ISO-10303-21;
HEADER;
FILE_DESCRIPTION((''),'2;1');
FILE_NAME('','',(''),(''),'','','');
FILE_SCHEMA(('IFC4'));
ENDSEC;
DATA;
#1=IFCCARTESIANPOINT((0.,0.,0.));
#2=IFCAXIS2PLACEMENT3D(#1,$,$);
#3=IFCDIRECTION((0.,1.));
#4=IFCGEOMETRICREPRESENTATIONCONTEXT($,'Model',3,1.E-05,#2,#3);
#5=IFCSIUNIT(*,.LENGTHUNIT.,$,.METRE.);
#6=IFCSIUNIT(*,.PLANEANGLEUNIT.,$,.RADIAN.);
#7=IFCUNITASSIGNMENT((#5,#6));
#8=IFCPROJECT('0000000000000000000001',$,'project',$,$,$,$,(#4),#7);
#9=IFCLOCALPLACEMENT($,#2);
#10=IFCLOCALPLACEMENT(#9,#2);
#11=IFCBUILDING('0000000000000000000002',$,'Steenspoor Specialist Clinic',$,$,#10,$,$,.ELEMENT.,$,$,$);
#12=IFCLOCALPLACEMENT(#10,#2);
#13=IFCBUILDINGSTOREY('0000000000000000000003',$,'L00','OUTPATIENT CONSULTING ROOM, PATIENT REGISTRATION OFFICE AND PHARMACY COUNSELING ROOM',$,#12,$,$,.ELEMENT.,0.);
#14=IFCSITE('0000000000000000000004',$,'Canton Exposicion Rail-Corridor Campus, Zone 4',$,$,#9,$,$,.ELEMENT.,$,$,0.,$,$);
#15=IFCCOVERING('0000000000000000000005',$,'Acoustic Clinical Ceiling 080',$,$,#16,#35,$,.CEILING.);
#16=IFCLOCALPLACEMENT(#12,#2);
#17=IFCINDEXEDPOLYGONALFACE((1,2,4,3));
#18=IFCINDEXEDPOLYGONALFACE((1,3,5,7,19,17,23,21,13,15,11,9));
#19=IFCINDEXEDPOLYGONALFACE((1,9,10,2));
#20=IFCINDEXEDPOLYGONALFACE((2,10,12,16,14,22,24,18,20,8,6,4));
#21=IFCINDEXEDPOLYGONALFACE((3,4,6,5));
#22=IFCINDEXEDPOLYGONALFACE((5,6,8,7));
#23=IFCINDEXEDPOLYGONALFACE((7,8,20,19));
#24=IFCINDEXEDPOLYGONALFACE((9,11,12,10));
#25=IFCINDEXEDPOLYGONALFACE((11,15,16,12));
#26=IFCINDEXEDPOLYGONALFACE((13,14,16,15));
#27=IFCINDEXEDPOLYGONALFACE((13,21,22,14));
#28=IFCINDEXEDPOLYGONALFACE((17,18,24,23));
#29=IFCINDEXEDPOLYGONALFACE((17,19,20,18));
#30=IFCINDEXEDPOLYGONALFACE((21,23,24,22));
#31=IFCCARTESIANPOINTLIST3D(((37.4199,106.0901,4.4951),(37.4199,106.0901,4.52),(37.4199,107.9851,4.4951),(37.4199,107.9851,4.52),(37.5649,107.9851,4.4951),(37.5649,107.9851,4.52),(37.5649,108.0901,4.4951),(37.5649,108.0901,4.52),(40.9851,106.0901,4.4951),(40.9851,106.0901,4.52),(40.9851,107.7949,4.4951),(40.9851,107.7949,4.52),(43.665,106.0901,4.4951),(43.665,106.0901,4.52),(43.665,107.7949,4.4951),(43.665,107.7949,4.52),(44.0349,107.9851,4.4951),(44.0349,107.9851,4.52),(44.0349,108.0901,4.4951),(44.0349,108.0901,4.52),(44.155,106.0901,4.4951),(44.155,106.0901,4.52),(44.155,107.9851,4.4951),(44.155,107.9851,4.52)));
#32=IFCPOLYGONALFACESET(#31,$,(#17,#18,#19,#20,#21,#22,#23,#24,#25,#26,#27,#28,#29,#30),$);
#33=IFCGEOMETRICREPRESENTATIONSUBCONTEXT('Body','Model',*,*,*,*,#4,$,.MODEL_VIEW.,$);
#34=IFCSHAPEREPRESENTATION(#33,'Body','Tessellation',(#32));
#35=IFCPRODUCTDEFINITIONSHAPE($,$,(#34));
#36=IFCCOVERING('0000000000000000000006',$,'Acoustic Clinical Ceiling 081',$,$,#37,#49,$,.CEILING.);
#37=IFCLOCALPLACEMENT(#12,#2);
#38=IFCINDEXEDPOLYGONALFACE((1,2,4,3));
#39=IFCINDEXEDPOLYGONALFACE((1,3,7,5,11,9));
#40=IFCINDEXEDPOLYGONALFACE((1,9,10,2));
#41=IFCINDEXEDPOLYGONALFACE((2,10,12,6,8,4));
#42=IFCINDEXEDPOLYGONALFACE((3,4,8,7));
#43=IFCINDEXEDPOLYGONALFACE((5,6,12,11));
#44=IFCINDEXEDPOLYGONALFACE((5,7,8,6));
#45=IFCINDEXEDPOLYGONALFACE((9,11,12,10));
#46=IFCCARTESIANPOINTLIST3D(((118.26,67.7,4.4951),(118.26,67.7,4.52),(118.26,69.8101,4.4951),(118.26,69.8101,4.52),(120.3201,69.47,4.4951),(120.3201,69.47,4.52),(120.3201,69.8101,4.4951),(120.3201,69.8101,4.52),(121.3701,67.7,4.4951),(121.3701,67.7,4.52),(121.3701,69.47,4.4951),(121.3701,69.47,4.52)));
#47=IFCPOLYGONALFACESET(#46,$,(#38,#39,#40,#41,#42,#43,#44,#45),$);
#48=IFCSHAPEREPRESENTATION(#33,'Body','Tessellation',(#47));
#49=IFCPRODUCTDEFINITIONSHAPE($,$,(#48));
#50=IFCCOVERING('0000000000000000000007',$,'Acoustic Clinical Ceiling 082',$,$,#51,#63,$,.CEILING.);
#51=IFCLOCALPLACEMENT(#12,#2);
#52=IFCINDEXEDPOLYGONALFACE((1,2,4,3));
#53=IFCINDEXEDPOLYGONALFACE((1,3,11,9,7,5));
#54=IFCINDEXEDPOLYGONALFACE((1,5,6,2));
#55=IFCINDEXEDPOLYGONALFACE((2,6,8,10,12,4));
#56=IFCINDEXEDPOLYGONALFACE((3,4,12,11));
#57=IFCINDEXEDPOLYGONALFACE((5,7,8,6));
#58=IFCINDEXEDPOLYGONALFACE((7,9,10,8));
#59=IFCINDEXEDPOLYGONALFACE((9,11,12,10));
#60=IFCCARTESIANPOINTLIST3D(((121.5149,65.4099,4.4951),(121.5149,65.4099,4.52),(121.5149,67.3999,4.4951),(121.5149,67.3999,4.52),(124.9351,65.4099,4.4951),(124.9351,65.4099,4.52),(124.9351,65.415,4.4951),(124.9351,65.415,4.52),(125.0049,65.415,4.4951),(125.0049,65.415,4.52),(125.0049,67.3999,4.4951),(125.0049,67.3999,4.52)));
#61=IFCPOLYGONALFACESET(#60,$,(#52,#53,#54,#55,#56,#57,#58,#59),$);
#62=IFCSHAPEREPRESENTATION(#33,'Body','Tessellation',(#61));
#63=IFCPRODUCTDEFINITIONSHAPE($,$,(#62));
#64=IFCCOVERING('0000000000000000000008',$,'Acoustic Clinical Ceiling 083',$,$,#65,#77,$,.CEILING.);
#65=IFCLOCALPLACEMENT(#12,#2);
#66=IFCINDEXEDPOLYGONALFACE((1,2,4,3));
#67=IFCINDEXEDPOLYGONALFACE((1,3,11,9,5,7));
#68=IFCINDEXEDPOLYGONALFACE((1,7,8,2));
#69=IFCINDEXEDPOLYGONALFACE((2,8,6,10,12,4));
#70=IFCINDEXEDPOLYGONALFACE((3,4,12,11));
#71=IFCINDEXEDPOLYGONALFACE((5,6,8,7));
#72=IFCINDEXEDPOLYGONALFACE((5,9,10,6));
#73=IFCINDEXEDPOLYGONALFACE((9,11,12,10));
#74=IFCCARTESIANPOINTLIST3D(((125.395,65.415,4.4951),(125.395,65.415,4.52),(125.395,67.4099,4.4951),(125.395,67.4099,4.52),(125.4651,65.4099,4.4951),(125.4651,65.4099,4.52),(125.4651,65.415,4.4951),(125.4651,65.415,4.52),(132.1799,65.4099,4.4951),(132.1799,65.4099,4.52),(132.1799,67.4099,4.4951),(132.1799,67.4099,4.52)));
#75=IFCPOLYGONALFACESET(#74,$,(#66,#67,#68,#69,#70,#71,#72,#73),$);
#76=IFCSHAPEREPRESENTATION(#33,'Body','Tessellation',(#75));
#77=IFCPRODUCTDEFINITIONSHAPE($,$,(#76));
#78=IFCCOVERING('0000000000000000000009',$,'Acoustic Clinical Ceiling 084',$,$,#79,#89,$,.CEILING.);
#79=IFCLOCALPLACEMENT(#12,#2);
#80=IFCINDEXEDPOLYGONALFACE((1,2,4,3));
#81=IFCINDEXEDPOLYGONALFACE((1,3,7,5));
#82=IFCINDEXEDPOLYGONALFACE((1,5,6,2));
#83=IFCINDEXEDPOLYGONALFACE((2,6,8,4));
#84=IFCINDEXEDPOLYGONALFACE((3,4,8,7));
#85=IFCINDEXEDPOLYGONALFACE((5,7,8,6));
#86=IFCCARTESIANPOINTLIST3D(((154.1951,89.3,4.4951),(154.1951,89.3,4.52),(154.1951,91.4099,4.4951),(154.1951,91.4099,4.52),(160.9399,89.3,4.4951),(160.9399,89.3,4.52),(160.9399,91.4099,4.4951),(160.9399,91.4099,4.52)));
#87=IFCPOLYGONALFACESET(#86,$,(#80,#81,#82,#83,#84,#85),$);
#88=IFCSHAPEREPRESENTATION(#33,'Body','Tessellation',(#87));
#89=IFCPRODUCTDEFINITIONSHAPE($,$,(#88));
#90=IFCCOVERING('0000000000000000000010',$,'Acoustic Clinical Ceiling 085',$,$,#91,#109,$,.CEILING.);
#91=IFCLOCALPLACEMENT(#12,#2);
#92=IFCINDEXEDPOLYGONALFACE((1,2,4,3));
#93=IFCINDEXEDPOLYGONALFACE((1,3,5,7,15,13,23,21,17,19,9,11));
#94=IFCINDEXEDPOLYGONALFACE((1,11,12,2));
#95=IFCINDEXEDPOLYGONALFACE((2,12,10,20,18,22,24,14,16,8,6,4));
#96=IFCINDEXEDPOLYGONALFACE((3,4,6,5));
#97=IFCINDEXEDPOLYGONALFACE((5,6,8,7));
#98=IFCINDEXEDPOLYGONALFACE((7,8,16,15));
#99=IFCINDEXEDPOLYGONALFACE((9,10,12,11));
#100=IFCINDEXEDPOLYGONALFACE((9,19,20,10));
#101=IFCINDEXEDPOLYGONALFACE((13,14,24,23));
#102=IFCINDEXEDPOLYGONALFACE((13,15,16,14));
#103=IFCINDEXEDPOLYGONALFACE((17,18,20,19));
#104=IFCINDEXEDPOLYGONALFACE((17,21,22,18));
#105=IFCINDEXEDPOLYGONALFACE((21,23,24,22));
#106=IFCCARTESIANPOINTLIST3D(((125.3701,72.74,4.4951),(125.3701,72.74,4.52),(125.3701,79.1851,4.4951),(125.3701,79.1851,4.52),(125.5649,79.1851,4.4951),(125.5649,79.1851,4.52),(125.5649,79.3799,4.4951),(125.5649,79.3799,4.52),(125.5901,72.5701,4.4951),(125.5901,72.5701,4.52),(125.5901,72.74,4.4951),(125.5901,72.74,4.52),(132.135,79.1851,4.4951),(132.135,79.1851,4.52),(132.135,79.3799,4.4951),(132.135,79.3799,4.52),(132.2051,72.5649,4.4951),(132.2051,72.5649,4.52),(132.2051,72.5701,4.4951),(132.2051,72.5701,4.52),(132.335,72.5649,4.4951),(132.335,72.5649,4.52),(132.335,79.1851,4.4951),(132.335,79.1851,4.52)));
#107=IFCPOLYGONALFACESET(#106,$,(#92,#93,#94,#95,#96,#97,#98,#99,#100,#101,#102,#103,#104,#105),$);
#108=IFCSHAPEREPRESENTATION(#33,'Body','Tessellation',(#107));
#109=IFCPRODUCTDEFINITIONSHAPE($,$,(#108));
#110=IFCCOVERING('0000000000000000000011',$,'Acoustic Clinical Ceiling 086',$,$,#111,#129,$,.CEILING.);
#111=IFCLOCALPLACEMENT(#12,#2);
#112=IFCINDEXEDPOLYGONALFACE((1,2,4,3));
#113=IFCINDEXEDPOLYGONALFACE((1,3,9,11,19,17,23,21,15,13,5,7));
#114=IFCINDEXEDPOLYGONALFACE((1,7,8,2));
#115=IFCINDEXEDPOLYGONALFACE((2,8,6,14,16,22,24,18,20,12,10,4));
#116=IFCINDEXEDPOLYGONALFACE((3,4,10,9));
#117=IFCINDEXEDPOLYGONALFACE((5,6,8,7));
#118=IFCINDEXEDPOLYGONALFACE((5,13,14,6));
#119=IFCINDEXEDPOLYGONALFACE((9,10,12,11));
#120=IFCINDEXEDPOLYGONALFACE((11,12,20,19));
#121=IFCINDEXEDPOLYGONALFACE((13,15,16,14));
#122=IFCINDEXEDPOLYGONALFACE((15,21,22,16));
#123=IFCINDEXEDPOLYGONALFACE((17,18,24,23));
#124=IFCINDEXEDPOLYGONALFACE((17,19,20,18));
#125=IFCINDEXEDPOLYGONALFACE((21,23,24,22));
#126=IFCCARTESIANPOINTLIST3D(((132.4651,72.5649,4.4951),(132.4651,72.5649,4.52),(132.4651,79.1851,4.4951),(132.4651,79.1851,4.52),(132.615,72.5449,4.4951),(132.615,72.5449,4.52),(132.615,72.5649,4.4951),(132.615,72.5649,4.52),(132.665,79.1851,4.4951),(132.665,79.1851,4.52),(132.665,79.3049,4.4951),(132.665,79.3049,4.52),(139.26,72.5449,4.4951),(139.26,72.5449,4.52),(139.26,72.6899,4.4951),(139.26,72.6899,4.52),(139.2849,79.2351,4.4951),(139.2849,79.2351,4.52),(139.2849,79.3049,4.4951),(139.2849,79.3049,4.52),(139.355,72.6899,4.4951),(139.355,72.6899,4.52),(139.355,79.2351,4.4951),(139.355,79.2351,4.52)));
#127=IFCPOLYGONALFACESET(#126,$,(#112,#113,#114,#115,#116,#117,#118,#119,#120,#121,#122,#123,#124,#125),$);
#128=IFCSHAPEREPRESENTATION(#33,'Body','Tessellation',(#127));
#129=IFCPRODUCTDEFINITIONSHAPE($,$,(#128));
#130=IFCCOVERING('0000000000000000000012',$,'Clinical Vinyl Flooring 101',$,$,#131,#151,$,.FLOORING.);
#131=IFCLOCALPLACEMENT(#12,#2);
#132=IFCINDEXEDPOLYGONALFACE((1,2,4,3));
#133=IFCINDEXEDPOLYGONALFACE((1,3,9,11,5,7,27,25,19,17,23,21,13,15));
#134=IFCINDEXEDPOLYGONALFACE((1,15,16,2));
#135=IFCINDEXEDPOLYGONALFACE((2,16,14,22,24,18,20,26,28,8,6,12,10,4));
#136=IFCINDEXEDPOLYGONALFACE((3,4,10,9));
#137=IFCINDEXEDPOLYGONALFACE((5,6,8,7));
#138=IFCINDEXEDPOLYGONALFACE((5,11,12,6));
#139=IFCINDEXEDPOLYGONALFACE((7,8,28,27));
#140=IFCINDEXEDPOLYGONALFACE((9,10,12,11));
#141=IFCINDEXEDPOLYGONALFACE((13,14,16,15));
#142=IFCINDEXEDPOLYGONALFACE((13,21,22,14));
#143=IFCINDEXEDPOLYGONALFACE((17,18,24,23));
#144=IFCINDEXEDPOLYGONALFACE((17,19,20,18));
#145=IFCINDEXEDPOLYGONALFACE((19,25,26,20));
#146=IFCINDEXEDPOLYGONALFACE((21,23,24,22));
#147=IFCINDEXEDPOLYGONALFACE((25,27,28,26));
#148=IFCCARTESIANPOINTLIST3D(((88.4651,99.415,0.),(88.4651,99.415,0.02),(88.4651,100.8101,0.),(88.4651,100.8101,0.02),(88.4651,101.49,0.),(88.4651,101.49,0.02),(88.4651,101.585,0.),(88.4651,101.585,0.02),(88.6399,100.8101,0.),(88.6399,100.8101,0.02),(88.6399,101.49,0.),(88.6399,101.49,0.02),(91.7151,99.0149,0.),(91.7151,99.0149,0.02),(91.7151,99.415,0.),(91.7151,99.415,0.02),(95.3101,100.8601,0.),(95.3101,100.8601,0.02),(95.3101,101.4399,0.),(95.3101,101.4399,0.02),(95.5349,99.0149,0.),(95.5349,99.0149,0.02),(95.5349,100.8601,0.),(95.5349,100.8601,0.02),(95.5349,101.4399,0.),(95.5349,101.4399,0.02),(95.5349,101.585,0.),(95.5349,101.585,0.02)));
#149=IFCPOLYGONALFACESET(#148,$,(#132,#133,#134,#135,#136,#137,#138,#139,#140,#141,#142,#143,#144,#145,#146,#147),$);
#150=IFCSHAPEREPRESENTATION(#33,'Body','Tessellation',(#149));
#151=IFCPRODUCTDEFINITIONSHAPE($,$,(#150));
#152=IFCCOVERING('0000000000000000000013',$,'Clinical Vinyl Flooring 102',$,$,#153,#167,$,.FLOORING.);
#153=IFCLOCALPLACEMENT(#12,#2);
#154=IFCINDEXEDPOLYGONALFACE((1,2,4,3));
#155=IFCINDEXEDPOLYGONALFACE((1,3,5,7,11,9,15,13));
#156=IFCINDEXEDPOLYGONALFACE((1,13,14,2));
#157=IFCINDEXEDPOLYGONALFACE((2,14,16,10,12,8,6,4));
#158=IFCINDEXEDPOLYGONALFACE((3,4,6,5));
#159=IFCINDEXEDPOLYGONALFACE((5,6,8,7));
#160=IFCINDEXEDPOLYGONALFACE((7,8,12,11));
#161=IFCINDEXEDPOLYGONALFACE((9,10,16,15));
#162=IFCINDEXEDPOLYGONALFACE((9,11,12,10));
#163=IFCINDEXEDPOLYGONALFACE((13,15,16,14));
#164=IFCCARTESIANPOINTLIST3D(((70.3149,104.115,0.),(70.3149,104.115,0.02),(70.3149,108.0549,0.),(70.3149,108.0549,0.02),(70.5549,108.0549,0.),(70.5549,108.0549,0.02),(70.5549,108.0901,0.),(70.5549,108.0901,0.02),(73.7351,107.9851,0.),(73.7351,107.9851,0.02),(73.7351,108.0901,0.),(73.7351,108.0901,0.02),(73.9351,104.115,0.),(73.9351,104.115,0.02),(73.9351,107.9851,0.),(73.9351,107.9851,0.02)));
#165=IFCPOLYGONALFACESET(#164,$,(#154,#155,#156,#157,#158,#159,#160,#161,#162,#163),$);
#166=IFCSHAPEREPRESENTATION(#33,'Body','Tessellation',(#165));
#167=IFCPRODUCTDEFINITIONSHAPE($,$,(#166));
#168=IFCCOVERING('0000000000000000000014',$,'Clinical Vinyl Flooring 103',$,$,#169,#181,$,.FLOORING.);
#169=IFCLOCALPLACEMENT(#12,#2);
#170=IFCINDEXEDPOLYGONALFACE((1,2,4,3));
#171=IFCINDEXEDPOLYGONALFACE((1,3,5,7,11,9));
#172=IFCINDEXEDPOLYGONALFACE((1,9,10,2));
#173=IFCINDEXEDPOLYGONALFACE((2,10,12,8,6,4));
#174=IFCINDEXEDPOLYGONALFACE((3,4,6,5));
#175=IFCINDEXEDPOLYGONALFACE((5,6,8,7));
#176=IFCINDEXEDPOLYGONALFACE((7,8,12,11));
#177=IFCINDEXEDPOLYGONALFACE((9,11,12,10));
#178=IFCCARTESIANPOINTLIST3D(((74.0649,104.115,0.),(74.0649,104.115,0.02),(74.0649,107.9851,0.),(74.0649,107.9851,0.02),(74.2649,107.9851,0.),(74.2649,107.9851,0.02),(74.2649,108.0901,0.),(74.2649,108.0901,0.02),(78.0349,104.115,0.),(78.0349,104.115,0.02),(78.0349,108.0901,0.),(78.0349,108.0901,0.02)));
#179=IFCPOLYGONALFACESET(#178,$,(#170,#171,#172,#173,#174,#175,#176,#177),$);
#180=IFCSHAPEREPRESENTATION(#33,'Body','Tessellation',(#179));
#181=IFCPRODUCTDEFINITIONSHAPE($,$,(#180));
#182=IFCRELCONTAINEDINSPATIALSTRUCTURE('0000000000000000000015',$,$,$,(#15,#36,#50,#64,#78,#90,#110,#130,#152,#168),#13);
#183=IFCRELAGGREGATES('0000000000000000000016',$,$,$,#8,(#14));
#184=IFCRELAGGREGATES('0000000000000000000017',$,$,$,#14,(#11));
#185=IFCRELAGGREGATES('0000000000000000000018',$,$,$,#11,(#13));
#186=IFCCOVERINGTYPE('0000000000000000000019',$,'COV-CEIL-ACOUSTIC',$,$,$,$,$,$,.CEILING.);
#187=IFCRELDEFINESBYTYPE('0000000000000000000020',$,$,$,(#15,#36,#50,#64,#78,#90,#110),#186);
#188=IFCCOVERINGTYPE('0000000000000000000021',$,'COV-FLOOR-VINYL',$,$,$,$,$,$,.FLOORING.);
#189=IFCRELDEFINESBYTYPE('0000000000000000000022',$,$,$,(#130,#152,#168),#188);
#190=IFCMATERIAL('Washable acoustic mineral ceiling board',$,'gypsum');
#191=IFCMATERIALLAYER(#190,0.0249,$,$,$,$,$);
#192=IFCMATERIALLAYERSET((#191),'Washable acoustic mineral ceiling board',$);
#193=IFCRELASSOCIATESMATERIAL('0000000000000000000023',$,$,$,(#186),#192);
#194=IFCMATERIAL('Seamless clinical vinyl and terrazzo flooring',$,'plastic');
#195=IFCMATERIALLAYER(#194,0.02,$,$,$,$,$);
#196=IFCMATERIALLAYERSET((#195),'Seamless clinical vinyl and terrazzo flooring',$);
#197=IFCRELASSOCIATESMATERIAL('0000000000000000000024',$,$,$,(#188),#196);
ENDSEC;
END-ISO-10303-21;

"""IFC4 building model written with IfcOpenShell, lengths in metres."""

from ifc_helpers import new_model, si_unit, direction, frame, origin, place, context, subcontext, project, spatial, polyline, outline, extrude, material, layer, layer_set, type_object, element, save


model = new_model("IFC4")

# Units and contexts
model_context = context("Model", 3, precision=1e-05, world=origin(), true_north=direction((0.0, 1.0)))
body_context = subcontext(model_context, "Body", "Model", "MODEL_VIEW")
ifc_project = project(units=[si_unit("LENGTHUNIT", "METRE"), si_unit("PLANEANGLEUNIT", "RADIAN")], contexts=[model_context])

# Site, building, storey
site_placement = place(None, origin())
site = spatial("IfcSite", under=ifc_project, at=site_placement, Name="Canton Exposicion Rail-Corridor Campus, Zone 4", CompositionType="ELEMENT", RefElevation=0.0)
building_placement = place(site_placement, origin())
building = spatial("IfcBuilding", under=site, at=building_placement, Name="Steenspoor Specialist Clinic", CompositionType="ELEMENT")
storey_placement = place(building_placement, origin())
storey = spatial("IfcBuildingStorey", under=building, at=storey_placement, Name="L00", Description="OUTPATIENT CONSULTING ROOM, PATIENT REGISTRATION OFFICE AND PHARMACY COUNSELING ROOM", CompositionType="ELEMENT", Elevation=0.0)

# Coverings
ifc_material_1 = material(Name="Washable acoustic mineral ceiling board", Category="gypsum")
ifc_layer_1 = layer(ifc_material_1, 0.0249)
ifc_layer_set_1 = layer_set([ifc_layer_1], Name="Washable acoustic mineral ceiling board")
covering_type_1 = type_object("IfcCoveringType", Name="COV-CEIL-ACOUSTIC", PredefinedType="CEILING", material=ifc_layer_set_1)
covering_1_placement = place(storey_placement, frame((0.0, 0.0, 4.4951)))
element("IfcCovering", 1, at=covering_1_placement, inside=storey, type_object=covering_type_1, Name="Acoustic Clinical Ceiling 080", PredefinedType="CEILING", context=body_context, shape_type="SweptSolid", body=[
    extrude(outline(polyline([(43.665, 107.7949), (40.9851, 107.7949), (40.9851, 106.0901), (37.4199, 106.0901), (37.4199, 107.9851), (37.5649, 107.9851), (37.5649, 108.0901), (44.0349, 108.0901), (44.0349, 107.9851), (44.155, 107.9851), (44.155, 106.0901), (43.665, 106.0901), (43.665, 107.7949)])), origin(), (0.0, 0.0, 1.0), 0.0249),
])
covering_2_placement = place(storey_placement, frame((0.0, 0.0, 4.4951)))
element("IfcCovering", 2, at=covering_2_placement, inside=storey, type_object=covering_type_1, Name="Acoustic Clinical Ceiling 081", PredefinedType="CEILING", context=body_context, shape_type="SweptSolid", body=[
    extrude(outline(polyline([(118.26, 69.8101), (120.3201, 69.8101), (120.3201, 69.47), (121.3701, 69.47), (121.3701, 67.7), (118.26, 67.7), (118.26, 69.8101)])), origin(), (0.0, 0.0, 1.0), 0.0249),
])
covering_3_placement = place(storey_placement, frame((0.0, 0.0, 4.4951)))
element("IfcCovering", 3, at=covering_3_placement, inside=storey, type_object=covering_type_1, Name="Acoustic Clinical Ceiling 082", PredefinedType="CEILING", context=body_context, shape_type="SweptSolid", body=[
    extrude(outline(polyline([(121.5149, 65.4099), (121.5149, 67.3999), (125.0049, 67.3999), (125.0049, 65.415), (124.9351, 65.415), (124.9351, 65.4099), (121.5149, 65.4099)])), origin(), (0.0, 0.0, 1.0), 0.0249),
])
covering_4_placement = place(storey_placement, frame((0.0, 0.0, 4.4951)))
element("IfcCovering", 4, at=covering_4_placement, inside=storey, type_object=covering_type_1, Name="Acoustic Clinical Ceiling 083", PredefinedType="CEILING", context=body_context, shape_type="SweptSolid", body=[
    extrude(outline(polyline([(125.4651, 65.4099), (125.4651, 65.415), (125.395, 65.415), (125.395, 67.4099), (132.1799, 67.4099), (132.1799, 65.4099), (125.4651, 65.4099)])), origin(), (0.0, 0.0, 1.0), 0.0249),
])
covering_5_placement = place(storey_placement, frame((0.0, 0.0, 4.4951)))
element("IfcCovering", 5, at=covering_5_placement, inside=storey, type_object=covering_type_1, Name="Acoustic Clinical Ceiling 084", PredefinedType="CEILING", context=body_context, shape_type="SweptSolid", body=[
    extrude(outline(polyline([(160.9399, 89.3), (154.1951, 89.3), (154.1951, 91.4099), (160.9399, 91.4099), (160.9399, 89.3)])), origin(), (0.0, 0.0, 1.0), 0.0249),
])
covering_6_placement = place(storey_placement, frame((0.0, 0.0, 4.4951)))
element("IfcCovering", 6, at=covering_6_placement, inside=storey, type_object=covering_type_1, Name="Acoustic Clinical Ceiling 085", PredefinedType="CEILING", context=body_context, shape_type="SweptSolid", body=[
    extrude(outline(polyline([(132.335, 72.5649), (132.2051, 72.5649), (132.2051, 72.5701), (125.5901, 72.5701), (125.5901, 72.74), (125.3701, 72.74), (125.3701, 79.1851), (125.5649, 79.1851), (125.5649, 79.3799), (132.135, 79.3799), (132.135, 79.1851), (132.335, 79.1851), (132.335, 72.5649)])), origin(), (0.0, 0.0, 1.0), 0.0249),
])
covering_7_placement = place(storey_placement, frame((0.0, 0.0, 4.4951)))
element("IfcCovering", 7, at=covering_7_placement, inside=storey, type_object=covering_type_1, Name="Acoustic Clinical Ceiling 086", PredefinedType="CEILING", context=body_context, shape_type="SweptSolid", body=[
    extrude(outline(polyline([(132.4651, 79.1851), (132.665, 79.1851), (132.665, 79.3049), (139.2849, 79.3049), (139.2849, 79.2351), (139.355, 79.2351), (139.355, 72.6899), (139.26, 72.6899), (139.26, 72.5449), (132.615, 72.5449), (132.615, 72.5649), (132.4651, 72.5649), (132.4651, 79.1851)])), origin(), (0.0, 0.0, 1.0), 0.0249),
])
ifc_material_2 = material(Name="Seamless clinical vinyl and terrazzo flooring", Category="plastic")
ifc_layer_2 = layer(ifc_material_2, 0.02)
ifc_layer_set_2 = layer_set([ifc_layer_2], Name="Seamless clinical vinyl and terrazzo flooring")
covering_type_2 = type_object("IfcCoveringType", Name="COV-FLOOR-VINYL", PredefinedType="FLOORING", material=ifc_layer_set_2)
covering_8_placement = place(storey_placement, origin())
element("IfcCovering", 8, at=covering_8_placement, inside=storey, type_object=covering_type_2, Name="Clinical Vinyl Flooring 101", PredefinedType="FLOORING", context=body_context, shape_type="SweptSolid", body=[
    extrude(outline(polyline([(88.4651, 99.415), (88.4651, 100.8101), (88.6399, 100.8101), (88.6399, 101.49), (88.4651, 101.49), (88.4651, 101.585), (95.5349, 101.585), (95.5349, 101.4399), (95.3101, 101.4399), (95.3101, 100.8601), (95.5349, 100.8601), (95.5349, 99.0149), (91.7151, 99.0149), (91.7151, 99.415), (88.4651, 99.415)])), origin(), (0.0, 0.0, 1.0), 0.02),
])
covering_9_placement = place(storey_placement, origin())
element("IfcCovering", 9, at=covering_9_placement, inside=storey, type_object=covering_type_2, Name="Clinical Vinyl Flooring 102", PredefinedType="FLOORING", context=body_context, shape_type="SweptSolid", body=[
    extrude(outline(polyline([(70.3149, 108.0549), (70.5549, 108.0549), (70.5549, 108.0901), (73.7351, 108.0901), (73.7351, 107.9851), (73.9351, 107.9851), (73.9351, 104.115), (70.3149, 104.115), (70.3149, 108.0549)])), origin(), (0.0, 0.0, 1.0), 0.02),
])
covering_10_placement = place(storey_placement, origin())
element("IfcCovering", 10, at=covering_10_placement, inside=storey, type_object=covering_type_2, Name="Clinical Vinyl Flooring 103", PredefinedType="FLOORING", context=body_context, shape_type="SweptSolid", body=[
    extrude(outline(polyline([(74.0649, 107.9851), (74.2649, 107.9851), (74.2649, 108.0901), (78.0349, 108.0901), (78.0349, 104.115), (74.0649, 104.115), (74.0649, 107.9851)])), origin(), (0.0, 0.0, 1.0), 0.02),
])

save(model, "model.ifc")
